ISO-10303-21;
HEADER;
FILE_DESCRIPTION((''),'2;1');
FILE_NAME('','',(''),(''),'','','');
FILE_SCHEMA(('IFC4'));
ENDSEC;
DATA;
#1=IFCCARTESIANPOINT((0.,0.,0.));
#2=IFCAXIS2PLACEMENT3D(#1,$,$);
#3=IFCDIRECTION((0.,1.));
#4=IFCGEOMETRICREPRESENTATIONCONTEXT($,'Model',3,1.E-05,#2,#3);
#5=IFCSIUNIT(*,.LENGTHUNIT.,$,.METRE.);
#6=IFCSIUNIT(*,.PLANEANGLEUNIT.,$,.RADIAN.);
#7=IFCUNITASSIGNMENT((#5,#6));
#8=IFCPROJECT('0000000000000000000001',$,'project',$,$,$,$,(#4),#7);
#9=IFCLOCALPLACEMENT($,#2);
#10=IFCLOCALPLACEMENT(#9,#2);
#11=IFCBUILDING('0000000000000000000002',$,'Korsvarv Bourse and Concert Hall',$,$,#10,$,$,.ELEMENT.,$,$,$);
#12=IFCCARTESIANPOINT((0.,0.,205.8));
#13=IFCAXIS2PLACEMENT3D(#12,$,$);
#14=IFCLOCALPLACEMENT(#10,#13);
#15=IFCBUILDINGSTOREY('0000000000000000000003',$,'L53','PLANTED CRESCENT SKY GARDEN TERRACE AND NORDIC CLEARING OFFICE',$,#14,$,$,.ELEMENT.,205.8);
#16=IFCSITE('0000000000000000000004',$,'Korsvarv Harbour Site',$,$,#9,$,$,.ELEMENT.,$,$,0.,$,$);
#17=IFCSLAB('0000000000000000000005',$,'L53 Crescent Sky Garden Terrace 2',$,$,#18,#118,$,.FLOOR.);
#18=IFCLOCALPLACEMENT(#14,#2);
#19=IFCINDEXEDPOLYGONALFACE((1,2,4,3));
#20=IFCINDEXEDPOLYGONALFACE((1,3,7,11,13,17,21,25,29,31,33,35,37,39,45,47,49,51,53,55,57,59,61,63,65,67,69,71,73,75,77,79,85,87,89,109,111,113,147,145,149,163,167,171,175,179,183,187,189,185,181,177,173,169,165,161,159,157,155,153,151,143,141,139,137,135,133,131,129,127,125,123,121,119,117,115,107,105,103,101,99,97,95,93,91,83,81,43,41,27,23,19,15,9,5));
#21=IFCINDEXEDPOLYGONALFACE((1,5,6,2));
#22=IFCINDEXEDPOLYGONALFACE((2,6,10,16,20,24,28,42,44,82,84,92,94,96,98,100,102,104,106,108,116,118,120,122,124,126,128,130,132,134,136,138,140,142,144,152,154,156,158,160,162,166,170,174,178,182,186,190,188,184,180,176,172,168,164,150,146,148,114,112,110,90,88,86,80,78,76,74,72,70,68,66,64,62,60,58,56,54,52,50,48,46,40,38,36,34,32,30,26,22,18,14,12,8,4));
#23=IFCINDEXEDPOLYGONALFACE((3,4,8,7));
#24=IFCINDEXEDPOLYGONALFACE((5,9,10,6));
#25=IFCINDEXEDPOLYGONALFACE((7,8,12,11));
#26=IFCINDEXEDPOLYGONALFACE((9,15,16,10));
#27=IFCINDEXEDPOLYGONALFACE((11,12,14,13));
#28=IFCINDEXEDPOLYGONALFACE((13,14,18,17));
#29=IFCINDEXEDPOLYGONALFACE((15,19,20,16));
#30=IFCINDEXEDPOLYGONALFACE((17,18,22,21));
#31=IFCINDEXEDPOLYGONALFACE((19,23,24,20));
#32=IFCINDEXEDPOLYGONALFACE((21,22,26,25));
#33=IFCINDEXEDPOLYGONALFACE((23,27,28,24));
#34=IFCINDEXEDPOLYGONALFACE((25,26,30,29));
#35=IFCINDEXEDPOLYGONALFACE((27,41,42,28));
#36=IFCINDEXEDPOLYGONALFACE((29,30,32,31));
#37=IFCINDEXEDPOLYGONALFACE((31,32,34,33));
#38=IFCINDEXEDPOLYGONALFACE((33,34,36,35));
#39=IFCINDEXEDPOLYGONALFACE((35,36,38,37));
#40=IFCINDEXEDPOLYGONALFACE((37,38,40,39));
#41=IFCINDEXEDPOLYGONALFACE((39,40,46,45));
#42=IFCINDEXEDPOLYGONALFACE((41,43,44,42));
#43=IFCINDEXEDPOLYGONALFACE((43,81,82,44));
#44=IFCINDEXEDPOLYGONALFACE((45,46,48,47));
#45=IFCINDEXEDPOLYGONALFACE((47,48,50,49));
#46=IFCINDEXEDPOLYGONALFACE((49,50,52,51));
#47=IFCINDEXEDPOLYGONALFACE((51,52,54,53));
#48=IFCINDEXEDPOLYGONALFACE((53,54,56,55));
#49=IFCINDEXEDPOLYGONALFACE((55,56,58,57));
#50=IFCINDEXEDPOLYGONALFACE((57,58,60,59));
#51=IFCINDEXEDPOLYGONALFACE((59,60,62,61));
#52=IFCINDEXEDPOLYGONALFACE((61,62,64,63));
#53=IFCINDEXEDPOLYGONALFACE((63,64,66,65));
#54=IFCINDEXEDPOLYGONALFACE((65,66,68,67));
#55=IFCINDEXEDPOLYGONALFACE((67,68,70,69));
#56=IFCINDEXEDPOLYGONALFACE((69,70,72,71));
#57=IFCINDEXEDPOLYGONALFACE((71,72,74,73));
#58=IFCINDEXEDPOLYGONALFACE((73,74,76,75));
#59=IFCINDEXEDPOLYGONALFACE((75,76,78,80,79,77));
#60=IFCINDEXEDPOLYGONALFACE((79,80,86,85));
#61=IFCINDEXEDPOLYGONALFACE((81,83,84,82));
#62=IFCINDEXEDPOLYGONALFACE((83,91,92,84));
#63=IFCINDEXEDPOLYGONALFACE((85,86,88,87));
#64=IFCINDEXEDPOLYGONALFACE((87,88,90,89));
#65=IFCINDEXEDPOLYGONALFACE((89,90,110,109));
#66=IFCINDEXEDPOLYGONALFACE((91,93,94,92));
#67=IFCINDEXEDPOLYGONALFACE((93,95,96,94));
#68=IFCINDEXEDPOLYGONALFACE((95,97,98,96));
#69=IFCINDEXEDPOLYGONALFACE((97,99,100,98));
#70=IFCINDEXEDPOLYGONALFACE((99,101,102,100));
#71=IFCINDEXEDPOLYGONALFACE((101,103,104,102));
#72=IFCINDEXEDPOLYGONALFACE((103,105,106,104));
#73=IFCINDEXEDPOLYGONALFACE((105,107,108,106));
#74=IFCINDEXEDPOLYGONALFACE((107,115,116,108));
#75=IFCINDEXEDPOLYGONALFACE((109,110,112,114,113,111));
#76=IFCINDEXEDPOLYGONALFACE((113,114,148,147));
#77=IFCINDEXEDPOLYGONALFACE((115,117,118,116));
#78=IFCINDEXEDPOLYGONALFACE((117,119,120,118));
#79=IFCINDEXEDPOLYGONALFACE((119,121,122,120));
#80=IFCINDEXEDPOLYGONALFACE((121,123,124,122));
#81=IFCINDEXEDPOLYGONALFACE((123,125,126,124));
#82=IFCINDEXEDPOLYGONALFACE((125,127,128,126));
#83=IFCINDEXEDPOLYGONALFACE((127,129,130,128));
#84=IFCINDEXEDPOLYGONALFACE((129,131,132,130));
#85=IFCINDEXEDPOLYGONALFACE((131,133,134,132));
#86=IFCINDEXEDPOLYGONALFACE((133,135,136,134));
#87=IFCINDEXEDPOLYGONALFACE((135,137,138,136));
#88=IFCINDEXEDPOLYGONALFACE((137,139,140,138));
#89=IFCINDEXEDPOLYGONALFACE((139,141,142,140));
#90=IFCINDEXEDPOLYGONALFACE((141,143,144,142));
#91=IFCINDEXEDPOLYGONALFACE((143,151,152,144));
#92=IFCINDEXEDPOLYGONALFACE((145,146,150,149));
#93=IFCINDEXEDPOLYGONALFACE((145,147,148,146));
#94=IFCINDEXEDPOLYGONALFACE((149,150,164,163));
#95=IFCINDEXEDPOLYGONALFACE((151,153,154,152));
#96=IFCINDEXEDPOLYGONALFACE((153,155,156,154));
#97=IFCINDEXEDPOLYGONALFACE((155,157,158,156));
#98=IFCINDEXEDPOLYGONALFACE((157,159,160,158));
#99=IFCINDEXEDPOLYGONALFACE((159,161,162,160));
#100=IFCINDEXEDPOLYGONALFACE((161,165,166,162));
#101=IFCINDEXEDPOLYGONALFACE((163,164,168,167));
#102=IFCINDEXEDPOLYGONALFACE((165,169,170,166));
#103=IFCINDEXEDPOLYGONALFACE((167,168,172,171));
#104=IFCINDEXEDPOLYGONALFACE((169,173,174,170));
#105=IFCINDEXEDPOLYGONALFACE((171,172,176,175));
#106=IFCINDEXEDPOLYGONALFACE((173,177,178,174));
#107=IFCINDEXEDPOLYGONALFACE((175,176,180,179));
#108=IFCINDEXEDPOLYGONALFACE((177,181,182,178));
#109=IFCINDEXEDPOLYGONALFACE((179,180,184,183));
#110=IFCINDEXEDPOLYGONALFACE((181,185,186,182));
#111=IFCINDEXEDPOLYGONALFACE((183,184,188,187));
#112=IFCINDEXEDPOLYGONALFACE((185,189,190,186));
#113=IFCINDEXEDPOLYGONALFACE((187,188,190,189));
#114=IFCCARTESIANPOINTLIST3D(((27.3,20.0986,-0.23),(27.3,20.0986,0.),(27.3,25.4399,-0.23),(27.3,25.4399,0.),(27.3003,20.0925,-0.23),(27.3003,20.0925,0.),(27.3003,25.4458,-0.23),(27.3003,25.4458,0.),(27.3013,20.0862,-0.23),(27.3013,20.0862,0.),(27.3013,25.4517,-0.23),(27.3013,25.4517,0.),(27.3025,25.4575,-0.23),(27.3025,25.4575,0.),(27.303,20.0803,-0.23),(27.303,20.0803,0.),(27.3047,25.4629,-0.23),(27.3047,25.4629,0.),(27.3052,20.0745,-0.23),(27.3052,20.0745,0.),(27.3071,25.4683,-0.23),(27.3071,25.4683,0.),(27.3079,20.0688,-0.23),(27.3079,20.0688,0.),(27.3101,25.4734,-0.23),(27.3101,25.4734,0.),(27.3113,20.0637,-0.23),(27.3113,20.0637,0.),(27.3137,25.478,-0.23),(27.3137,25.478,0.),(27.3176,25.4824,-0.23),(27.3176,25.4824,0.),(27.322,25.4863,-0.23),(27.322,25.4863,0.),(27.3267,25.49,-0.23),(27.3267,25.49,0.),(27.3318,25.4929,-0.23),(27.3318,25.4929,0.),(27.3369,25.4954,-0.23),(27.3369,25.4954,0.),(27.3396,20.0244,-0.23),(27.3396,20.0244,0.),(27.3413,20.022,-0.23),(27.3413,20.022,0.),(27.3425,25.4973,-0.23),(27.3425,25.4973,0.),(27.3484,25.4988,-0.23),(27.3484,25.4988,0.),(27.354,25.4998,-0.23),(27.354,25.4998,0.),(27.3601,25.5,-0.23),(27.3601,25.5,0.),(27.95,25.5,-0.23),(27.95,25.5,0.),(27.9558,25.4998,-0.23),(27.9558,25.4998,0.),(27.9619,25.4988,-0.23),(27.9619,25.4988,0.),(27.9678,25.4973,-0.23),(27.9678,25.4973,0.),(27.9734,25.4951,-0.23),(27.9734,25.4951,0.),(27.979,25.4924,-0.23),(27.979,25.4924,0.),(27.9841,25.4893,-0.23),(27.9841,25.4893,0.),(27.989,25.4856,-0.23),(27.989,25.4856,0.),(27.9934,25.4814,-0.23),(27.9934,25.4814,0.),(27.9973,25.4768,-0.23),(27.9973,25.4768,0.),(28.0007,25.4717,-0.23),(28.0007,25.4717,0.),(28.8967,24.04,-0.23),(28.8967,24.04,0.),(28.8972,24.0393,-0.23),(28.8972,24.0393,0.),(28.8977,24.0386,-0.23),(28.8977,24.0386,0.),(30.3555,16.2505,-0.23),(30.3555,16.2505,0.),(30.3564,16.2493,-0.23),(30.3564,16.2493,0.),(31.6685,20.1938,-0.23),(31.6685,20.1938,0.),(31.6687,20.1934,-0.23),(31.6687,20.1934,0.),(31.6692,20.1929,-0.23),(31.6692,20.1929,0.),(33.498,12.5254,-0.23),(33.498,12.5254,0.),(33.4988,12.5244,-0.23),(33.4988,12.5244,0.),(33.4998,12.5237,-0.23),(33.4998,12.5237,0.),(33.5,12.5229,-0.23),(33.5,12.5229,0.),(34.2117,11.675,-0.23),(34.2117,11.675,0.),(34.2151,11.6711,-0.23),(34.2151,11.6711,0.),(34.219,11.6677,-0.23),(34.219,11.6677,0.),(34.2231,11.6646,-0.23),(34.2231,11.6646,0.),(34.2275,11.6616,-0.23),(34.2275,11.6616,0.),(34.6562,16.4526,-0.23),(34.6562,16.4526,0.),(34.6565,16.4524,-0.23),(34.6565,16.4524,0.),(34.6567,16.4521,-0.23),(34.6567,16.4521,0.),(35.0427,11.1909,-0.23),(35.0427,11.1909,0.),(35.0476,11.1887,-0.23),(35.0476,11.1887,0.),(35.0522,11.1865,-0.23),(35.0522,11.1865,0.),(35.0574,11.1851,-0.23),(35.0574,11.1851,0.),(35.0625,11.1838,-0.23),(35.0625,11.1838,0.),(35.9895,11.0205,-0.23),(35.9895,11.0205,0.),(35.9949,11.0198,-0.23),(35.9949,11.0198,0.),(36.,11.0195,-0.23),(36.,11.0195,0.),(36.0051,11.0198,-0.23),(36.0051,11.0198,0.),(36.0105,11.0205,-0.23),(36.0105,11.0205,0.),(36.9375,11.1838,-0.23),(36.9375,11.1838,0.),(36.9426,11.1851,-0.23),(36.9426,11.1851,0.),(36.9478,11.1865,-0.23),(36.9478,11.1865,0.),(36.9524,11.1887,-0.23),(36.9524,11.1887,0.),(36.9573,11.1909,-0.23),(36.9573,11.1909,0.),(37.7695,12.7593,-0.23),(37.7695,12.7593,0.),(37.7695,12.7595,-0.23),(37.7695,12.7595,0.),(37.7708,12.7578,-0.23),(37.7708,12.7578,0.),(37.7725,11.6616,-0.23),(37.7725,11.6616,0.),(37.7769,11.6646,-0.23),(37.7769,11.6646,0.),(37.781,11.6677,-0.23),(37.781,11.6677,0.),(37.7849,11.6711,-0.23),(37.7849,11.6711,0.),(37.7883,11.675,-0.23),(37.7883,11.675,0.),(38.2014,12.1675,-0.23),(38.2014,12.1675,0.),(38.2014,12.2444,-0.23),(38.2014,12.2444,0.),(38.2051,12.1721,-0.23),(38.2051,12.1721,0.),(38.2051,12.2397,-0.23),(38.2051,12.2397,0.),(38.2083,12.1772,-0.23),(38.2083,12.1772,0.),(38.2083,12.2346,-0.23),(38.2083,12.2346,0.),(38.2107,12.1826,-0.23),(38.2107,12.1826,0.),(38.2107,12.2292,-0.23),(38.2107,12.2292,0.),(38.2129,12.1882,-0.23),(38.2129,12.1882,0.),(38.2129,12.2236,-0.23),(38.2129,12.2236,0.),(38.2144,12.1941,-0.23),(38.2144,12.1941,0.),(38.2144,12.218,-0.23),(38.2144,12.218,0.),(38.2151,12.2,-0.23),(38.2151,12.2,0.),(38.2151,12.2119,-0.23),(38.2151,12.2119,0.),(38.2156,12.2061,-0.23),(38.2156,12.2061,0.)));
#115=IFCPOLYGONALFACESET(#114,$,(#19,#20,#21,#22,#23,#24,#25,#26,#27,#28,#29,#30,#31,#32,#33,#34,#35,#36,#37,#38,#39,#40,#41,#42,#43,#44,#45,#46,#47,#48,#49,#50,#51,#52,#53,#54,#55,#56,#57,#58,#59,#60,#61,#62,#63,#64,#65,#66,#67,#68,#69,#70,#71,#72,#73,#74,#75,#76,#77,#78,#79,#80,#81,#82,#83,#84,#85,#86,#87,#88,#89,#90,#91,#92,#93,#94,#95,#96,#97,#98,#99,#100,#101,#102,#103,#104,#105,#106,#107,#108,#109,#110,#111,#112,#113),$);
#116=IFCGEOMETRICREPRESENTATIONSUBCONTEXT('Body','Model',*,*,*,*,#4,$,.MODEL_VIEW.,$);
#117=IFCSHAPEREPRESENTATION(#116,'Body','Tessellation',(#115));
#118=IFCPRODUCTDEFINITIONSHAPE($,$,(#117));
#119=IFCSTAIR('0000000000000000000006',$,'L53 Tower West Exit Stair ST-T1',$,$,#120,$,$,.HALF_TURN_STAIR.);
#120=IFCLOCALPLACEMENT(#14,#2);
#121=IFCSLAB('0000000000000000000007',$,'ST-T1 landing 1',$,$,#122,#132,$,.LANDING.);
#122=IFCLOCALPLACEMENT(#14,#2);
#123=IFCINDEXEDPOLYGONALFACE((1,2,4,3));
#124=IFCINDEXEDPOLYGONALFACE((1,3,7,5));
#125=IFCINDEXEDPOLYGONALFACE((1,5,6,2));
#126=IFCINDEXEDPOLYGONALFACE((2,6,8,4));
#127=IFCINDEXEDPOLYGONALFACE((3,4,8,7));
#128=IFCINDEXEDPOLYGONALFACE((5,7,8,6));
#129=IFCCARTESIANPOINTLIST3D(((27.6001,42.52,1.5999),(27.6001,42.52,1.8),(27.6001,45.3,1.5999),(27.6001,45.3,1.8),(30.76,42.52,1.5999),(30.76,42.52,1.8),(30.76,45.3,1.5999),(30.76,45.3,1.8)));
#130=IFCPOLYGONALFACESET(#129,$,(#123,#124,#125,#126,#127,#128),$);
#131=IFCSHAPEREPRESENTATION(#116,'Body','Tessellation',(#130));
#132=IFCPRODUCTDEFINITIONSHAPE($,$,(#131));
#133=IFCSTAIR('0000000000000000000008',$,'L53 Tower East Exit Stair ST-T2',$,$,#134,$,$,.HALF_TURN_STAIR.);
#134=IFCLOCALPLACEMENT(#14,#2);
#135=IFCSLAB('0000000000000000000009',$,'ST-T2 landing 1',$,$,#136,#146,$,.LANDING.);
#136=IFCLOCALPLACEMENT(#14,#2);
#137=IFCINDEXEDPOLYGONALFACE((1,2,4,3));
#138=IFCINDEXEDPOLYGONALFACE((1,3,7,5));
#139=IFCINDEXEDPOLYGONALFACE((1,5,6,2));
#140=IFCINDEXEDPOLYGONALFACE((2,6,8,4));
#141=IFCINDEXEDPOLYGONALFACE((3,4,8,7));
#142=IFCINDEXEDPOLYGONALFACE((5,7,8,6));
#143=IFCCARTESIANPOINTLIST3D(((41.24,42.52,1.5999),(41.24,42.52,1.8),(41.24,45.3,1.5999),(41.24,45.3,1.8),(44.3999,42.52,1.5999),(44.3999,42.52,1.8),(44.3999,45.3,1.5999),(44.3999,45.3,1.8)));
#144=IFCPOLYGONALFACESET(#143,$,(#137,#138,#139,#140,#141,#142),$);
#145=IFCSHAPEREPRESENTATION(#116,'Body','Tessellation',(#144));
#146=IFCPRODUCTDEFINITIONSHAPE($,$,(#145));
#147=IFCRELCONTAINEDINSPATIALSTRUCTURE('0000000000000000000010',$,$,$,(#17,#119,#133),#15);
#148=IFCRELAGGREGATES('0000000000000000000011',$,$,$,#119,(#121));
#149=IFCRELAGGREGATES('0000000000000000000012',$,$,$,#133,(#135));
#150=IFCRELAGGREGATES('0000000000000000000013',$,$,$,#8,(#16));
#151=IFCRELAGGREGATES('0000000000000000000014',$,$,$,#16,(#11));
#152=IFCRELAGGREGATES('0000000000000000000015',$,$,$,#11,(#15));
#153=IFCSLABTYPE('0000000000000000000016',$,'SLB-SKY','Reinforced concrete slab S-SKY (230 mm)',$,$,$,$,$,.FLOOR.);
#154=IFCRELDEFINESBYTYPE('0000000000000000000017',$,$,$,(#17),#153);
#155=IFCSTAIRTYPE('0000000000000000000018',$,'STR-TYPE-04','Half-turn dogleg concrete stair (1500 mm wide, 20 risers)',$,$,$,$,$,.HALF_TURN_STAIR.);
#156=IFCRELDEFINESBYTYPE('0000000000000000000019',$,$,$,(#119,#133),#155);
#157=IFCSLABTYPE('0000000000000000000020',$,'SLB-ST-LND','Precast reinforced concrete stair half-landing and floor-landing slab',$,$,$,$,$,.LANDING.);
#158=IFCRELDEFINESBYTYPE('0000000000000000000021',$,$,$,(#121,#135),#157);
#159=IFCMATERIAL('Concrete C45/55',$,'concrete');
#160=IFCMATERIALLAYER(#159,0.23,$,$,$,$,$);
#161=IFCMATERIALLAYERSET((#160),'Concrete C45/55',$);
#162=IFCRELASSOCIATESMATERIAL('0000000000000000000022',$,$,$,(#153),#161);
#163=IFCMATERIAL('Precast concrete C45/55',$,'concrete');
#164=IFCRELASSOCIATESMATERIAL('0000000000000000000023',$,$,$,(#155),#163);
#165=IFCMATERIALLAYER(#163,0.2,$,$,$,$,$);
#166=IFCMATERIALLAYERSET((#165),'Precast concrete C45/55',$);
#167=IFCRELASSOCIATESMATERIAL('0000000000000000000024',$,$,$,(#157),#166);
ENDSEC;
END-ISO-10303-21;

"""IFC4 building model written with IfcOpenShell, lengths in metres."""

from ifc_helpers import new_model, si_unit, direction, frame, origin, place, context, subcontext, project, spatial, polyline, outline, extrude, material, layer, layer_set, type_object, element, aggregate, save


model = new_model("IFC4")

# Units and contexts
model_context = context("Model", 3, precision=1e-05, world=origin(), true_north=direction((0.0, 1.0)))
body_context = subcontext(model_context, "Body", "Model", "MODEL_VIEW")
ifc_project = project(units=[si_unit("LENGTHUNIT", "METRE"), si_unit("PLANEANGLEUNIT", "RADIAN")], contexts=[model_context])

# Site, building, storey
site_placement = place(None, origin())
site = spatial("IfcSite", under=ifc_project, at=site_placement, Name="Korsvarv Harbour Site", CompositionType="ELEMENT", RefElevation=0.0)
building_placement = place(site_placement, origin())
building = spatial("IfcBuilding", under=site, at=building_placement, Name="Korsvarv Bourse and Concert Hall", CompositionType="ELEMENT")
storey_placement = place(building_placement, frame((0.0, 0.0, 205.8)))
storey = spatial("IfcBuildingStorey", under=building, at=storey_placement, Name="L53", Description="PLANTED CRESCENT SKY GARDEN TERRACE AND NORDIC CLEARING OFFICE", CompositionType="ELEMENT", Elevation=205.8)

# Slab
ifc_material_1 = material(Name="Precast concrete C45/55", Category="concrete")
ifc_material_2 = material(Name="Concrete C45/55", Category="concrete")
ifc_layer_1 = layer(ifc_material_2, 0.23)
ifc_layer_set_1 = layer_set([ifc_layer_1], Name="Concrete C45/55")
slab_type_1 = type_object("IfcSlabType", Name="SLB-SKY", Description="Reinforced concrete slab S-SKY (230 mm)", PredefinedType="FLOOR", material=ifc_layer_set_1)
slab_1_placement = place(storey_placement, frame((0.0, 0.0, -0.23)))
element("IfcSlab", 1, at=slab_1_placement, inside=storey, type_object=slab_type_1, Name="L53 Crescent Sky Garden Terrace 2", PredefinedType="FLOOR", context=body_context, shape_type="SweptSolid", body=[
    extrude(outline(polyline([(28.8972, 24.0393), (28.8977, 24.0386), (31.6685, 20.1938), (31.6687, 20.1934), (31.6692, 20.1929), (34.6562, 16.4526), (34.6565, 16.4524), (34.6567, 16.4521), (37.7695, 12.7595), (37.7695, 12.7593), (37.7708, 12.7578), (37.7708, 12.7578), (38.2014, 12.2444), (38.2051, 12.2397), (38.2083, 12.2346), (38.2107, 12.2292), (38.2129, 12.2236), (38.2144, 12.218), (38.2151, 12.2119), (38.2156, 12.2061), (38.2151, 12.2), (38.2144, 12.1941), (38.2129, 12.1882), (38.2107, 12.1826), (38.2083, 12.1772), (38.2051, 12.1721), (38.2014, 12.1675), (37.7883, 11.675), (37.7849, 11.6711), (37.781, 11.6677), (37.7769, 11.6646), (37.7725, 11.6616), (36.9573, 11.1909), (36.9524, 11.1887), (36.9478, 11.1865), (36.9426, 11.1851), (36.9375, 11.1838), (36.0105, 11.0205), (36.0051, 11.0198), (36.0, 11.0195), (35.9949, 11.0198), (35.9895, 11.0205), (35.0625, 11.1838), (35.0574, 11.1851), (35.0522, 11.1865), (35.0476, 11.1887), (35.0427, 11.1909), (34.2275, 11.6616), (34.2231, 11.6646), (34.219, 11.6677), (34.2151, 11.6711), (34.2117, 11.675), (33.5, 12.5229), (33.4998, 12.5237), (33.4988, 12.5244), (33.498, 12.5254), (30.3564, 16.2493), (30.3555, 16.2505), (27.3413, 20.022), (27.3396, 20.0244), (27.3113, 20.0637), (27.3079, 20.0688), (27.3052, 20.0745), (27.303, 20.0803), (27.3013, 20.0862), (27.3003, 20.0925), (27.3, 20.0986), (27.3, 25.4399), (27.3003, 25.4458), (27.3013, 25.4517), (27.3025, 25.4575), (27.3047, 25.4629), (27.3071, 25.4683), (27.3101, 25.4734), (27.3137, 25.478), (27.3176, 25.4824), (27.322, 25.4863), (27.3267, 25.49), (27.3318, 25.4929), (27.3369, 25.4954), (27.3425, 25.4973), (27.3484, 25.4988), (27.354, 25.4998), (27.3601, 25.5), (27.95, 25.5), (27.9558, 25.4998), (27.9619, 25.4988), (27.9678, 25.4973), (27.9734, 25.4951), (27.979, 25.4924), (27.9841, 25.4893), (27.989, 25.4856), (27.9934, 25.4814), (27.9973, 25.4768), (28.0007, 25.4717), (28.8967, 24.04), (28.8972, 24.0393)])), origin(), (0.0, 0.0, 1.0), 0.23),
])

# Stairs, slabs
stair_type = type_object("IfcStairType", Name="STR-TYPE-04", Description="Half-turn dogleg concrete stair (1500 mm wide, 20 risers)", PredefinedType="HALF_TURN_STAIR", material=ifc_material_1)
stair_1_placement = place(storey_placement, origin())
stair_1 = element("IfcStair", 2, at=stair_1_placement, inside=storey, type_object=stair_type, Name="L53 Tower West Exit Stair ST-T1", PredefinedType="HALF_TURN_STAIR")
ifc_layer_2 = layer(ifc_material_1, 0.2)
ifc_layer_set_2 = layer_set([ifc_layer_2], Name="Precast concrete C45/55")
slab_type_2 = type_object("IfcSlabType", Name="SLB-ST-LND", Description="Precast reinforced concrete stair half-landing and floor-landing slab", PredefinedType="LANDING", material=ifc_layer_set_2)
slab_2_placement = place(storey_placement, frame((0.0, 0.0, 1.5999)))
slab_2 = element("IfcSlab", 3, at=slab_2_placement, type_object=slab_type_2, Name="ST-T1 landing 1", PredefinedType="LANDING", context=body_context, shape_type="SweptSolid", body=[
    extrude(outline(polyline([(30.76, 42.52), (30.76, 45.3), (27.6001, 45.3), (27.6001, 42.52), (30.76, 42.52)])), origin(), (0.0, 0.0, 1.0), 0.2002),
])
aggregate(stair_1, [slab_2])
stair_2_placement = place(storey_placement, origin())
stair_2 = element("IfcStair", 4, at=stair_2_placement, inside=storey, type_object=stair_type, Name="L53 Tower East Exit Stair ST-T2", PredefinedType="HALF_TURN_STAIR")
slab_3_placement = place(storey_placement, frame((0.0, 0.0, 1.5999)))
slab_3 = element("IfcSlab", 5, at=slab_3_placement, type_object=slab_type_2, Name="ST-T2 landing 1", PredefinedType="LANDING", context=body_context, shape_type="SweptSolid", body=[
    extrude(outline(polyline([(44.3999, 42.52), (44.3999, 45.3), (41.24, 45.3), (41.24, 42.52), (44.3999, 42.52)])), origin(), (0.0, 0.0, 1.0), 0.2002),
])
aggregate(stair_2, [slab_3])

save(model, "model.ifc")
